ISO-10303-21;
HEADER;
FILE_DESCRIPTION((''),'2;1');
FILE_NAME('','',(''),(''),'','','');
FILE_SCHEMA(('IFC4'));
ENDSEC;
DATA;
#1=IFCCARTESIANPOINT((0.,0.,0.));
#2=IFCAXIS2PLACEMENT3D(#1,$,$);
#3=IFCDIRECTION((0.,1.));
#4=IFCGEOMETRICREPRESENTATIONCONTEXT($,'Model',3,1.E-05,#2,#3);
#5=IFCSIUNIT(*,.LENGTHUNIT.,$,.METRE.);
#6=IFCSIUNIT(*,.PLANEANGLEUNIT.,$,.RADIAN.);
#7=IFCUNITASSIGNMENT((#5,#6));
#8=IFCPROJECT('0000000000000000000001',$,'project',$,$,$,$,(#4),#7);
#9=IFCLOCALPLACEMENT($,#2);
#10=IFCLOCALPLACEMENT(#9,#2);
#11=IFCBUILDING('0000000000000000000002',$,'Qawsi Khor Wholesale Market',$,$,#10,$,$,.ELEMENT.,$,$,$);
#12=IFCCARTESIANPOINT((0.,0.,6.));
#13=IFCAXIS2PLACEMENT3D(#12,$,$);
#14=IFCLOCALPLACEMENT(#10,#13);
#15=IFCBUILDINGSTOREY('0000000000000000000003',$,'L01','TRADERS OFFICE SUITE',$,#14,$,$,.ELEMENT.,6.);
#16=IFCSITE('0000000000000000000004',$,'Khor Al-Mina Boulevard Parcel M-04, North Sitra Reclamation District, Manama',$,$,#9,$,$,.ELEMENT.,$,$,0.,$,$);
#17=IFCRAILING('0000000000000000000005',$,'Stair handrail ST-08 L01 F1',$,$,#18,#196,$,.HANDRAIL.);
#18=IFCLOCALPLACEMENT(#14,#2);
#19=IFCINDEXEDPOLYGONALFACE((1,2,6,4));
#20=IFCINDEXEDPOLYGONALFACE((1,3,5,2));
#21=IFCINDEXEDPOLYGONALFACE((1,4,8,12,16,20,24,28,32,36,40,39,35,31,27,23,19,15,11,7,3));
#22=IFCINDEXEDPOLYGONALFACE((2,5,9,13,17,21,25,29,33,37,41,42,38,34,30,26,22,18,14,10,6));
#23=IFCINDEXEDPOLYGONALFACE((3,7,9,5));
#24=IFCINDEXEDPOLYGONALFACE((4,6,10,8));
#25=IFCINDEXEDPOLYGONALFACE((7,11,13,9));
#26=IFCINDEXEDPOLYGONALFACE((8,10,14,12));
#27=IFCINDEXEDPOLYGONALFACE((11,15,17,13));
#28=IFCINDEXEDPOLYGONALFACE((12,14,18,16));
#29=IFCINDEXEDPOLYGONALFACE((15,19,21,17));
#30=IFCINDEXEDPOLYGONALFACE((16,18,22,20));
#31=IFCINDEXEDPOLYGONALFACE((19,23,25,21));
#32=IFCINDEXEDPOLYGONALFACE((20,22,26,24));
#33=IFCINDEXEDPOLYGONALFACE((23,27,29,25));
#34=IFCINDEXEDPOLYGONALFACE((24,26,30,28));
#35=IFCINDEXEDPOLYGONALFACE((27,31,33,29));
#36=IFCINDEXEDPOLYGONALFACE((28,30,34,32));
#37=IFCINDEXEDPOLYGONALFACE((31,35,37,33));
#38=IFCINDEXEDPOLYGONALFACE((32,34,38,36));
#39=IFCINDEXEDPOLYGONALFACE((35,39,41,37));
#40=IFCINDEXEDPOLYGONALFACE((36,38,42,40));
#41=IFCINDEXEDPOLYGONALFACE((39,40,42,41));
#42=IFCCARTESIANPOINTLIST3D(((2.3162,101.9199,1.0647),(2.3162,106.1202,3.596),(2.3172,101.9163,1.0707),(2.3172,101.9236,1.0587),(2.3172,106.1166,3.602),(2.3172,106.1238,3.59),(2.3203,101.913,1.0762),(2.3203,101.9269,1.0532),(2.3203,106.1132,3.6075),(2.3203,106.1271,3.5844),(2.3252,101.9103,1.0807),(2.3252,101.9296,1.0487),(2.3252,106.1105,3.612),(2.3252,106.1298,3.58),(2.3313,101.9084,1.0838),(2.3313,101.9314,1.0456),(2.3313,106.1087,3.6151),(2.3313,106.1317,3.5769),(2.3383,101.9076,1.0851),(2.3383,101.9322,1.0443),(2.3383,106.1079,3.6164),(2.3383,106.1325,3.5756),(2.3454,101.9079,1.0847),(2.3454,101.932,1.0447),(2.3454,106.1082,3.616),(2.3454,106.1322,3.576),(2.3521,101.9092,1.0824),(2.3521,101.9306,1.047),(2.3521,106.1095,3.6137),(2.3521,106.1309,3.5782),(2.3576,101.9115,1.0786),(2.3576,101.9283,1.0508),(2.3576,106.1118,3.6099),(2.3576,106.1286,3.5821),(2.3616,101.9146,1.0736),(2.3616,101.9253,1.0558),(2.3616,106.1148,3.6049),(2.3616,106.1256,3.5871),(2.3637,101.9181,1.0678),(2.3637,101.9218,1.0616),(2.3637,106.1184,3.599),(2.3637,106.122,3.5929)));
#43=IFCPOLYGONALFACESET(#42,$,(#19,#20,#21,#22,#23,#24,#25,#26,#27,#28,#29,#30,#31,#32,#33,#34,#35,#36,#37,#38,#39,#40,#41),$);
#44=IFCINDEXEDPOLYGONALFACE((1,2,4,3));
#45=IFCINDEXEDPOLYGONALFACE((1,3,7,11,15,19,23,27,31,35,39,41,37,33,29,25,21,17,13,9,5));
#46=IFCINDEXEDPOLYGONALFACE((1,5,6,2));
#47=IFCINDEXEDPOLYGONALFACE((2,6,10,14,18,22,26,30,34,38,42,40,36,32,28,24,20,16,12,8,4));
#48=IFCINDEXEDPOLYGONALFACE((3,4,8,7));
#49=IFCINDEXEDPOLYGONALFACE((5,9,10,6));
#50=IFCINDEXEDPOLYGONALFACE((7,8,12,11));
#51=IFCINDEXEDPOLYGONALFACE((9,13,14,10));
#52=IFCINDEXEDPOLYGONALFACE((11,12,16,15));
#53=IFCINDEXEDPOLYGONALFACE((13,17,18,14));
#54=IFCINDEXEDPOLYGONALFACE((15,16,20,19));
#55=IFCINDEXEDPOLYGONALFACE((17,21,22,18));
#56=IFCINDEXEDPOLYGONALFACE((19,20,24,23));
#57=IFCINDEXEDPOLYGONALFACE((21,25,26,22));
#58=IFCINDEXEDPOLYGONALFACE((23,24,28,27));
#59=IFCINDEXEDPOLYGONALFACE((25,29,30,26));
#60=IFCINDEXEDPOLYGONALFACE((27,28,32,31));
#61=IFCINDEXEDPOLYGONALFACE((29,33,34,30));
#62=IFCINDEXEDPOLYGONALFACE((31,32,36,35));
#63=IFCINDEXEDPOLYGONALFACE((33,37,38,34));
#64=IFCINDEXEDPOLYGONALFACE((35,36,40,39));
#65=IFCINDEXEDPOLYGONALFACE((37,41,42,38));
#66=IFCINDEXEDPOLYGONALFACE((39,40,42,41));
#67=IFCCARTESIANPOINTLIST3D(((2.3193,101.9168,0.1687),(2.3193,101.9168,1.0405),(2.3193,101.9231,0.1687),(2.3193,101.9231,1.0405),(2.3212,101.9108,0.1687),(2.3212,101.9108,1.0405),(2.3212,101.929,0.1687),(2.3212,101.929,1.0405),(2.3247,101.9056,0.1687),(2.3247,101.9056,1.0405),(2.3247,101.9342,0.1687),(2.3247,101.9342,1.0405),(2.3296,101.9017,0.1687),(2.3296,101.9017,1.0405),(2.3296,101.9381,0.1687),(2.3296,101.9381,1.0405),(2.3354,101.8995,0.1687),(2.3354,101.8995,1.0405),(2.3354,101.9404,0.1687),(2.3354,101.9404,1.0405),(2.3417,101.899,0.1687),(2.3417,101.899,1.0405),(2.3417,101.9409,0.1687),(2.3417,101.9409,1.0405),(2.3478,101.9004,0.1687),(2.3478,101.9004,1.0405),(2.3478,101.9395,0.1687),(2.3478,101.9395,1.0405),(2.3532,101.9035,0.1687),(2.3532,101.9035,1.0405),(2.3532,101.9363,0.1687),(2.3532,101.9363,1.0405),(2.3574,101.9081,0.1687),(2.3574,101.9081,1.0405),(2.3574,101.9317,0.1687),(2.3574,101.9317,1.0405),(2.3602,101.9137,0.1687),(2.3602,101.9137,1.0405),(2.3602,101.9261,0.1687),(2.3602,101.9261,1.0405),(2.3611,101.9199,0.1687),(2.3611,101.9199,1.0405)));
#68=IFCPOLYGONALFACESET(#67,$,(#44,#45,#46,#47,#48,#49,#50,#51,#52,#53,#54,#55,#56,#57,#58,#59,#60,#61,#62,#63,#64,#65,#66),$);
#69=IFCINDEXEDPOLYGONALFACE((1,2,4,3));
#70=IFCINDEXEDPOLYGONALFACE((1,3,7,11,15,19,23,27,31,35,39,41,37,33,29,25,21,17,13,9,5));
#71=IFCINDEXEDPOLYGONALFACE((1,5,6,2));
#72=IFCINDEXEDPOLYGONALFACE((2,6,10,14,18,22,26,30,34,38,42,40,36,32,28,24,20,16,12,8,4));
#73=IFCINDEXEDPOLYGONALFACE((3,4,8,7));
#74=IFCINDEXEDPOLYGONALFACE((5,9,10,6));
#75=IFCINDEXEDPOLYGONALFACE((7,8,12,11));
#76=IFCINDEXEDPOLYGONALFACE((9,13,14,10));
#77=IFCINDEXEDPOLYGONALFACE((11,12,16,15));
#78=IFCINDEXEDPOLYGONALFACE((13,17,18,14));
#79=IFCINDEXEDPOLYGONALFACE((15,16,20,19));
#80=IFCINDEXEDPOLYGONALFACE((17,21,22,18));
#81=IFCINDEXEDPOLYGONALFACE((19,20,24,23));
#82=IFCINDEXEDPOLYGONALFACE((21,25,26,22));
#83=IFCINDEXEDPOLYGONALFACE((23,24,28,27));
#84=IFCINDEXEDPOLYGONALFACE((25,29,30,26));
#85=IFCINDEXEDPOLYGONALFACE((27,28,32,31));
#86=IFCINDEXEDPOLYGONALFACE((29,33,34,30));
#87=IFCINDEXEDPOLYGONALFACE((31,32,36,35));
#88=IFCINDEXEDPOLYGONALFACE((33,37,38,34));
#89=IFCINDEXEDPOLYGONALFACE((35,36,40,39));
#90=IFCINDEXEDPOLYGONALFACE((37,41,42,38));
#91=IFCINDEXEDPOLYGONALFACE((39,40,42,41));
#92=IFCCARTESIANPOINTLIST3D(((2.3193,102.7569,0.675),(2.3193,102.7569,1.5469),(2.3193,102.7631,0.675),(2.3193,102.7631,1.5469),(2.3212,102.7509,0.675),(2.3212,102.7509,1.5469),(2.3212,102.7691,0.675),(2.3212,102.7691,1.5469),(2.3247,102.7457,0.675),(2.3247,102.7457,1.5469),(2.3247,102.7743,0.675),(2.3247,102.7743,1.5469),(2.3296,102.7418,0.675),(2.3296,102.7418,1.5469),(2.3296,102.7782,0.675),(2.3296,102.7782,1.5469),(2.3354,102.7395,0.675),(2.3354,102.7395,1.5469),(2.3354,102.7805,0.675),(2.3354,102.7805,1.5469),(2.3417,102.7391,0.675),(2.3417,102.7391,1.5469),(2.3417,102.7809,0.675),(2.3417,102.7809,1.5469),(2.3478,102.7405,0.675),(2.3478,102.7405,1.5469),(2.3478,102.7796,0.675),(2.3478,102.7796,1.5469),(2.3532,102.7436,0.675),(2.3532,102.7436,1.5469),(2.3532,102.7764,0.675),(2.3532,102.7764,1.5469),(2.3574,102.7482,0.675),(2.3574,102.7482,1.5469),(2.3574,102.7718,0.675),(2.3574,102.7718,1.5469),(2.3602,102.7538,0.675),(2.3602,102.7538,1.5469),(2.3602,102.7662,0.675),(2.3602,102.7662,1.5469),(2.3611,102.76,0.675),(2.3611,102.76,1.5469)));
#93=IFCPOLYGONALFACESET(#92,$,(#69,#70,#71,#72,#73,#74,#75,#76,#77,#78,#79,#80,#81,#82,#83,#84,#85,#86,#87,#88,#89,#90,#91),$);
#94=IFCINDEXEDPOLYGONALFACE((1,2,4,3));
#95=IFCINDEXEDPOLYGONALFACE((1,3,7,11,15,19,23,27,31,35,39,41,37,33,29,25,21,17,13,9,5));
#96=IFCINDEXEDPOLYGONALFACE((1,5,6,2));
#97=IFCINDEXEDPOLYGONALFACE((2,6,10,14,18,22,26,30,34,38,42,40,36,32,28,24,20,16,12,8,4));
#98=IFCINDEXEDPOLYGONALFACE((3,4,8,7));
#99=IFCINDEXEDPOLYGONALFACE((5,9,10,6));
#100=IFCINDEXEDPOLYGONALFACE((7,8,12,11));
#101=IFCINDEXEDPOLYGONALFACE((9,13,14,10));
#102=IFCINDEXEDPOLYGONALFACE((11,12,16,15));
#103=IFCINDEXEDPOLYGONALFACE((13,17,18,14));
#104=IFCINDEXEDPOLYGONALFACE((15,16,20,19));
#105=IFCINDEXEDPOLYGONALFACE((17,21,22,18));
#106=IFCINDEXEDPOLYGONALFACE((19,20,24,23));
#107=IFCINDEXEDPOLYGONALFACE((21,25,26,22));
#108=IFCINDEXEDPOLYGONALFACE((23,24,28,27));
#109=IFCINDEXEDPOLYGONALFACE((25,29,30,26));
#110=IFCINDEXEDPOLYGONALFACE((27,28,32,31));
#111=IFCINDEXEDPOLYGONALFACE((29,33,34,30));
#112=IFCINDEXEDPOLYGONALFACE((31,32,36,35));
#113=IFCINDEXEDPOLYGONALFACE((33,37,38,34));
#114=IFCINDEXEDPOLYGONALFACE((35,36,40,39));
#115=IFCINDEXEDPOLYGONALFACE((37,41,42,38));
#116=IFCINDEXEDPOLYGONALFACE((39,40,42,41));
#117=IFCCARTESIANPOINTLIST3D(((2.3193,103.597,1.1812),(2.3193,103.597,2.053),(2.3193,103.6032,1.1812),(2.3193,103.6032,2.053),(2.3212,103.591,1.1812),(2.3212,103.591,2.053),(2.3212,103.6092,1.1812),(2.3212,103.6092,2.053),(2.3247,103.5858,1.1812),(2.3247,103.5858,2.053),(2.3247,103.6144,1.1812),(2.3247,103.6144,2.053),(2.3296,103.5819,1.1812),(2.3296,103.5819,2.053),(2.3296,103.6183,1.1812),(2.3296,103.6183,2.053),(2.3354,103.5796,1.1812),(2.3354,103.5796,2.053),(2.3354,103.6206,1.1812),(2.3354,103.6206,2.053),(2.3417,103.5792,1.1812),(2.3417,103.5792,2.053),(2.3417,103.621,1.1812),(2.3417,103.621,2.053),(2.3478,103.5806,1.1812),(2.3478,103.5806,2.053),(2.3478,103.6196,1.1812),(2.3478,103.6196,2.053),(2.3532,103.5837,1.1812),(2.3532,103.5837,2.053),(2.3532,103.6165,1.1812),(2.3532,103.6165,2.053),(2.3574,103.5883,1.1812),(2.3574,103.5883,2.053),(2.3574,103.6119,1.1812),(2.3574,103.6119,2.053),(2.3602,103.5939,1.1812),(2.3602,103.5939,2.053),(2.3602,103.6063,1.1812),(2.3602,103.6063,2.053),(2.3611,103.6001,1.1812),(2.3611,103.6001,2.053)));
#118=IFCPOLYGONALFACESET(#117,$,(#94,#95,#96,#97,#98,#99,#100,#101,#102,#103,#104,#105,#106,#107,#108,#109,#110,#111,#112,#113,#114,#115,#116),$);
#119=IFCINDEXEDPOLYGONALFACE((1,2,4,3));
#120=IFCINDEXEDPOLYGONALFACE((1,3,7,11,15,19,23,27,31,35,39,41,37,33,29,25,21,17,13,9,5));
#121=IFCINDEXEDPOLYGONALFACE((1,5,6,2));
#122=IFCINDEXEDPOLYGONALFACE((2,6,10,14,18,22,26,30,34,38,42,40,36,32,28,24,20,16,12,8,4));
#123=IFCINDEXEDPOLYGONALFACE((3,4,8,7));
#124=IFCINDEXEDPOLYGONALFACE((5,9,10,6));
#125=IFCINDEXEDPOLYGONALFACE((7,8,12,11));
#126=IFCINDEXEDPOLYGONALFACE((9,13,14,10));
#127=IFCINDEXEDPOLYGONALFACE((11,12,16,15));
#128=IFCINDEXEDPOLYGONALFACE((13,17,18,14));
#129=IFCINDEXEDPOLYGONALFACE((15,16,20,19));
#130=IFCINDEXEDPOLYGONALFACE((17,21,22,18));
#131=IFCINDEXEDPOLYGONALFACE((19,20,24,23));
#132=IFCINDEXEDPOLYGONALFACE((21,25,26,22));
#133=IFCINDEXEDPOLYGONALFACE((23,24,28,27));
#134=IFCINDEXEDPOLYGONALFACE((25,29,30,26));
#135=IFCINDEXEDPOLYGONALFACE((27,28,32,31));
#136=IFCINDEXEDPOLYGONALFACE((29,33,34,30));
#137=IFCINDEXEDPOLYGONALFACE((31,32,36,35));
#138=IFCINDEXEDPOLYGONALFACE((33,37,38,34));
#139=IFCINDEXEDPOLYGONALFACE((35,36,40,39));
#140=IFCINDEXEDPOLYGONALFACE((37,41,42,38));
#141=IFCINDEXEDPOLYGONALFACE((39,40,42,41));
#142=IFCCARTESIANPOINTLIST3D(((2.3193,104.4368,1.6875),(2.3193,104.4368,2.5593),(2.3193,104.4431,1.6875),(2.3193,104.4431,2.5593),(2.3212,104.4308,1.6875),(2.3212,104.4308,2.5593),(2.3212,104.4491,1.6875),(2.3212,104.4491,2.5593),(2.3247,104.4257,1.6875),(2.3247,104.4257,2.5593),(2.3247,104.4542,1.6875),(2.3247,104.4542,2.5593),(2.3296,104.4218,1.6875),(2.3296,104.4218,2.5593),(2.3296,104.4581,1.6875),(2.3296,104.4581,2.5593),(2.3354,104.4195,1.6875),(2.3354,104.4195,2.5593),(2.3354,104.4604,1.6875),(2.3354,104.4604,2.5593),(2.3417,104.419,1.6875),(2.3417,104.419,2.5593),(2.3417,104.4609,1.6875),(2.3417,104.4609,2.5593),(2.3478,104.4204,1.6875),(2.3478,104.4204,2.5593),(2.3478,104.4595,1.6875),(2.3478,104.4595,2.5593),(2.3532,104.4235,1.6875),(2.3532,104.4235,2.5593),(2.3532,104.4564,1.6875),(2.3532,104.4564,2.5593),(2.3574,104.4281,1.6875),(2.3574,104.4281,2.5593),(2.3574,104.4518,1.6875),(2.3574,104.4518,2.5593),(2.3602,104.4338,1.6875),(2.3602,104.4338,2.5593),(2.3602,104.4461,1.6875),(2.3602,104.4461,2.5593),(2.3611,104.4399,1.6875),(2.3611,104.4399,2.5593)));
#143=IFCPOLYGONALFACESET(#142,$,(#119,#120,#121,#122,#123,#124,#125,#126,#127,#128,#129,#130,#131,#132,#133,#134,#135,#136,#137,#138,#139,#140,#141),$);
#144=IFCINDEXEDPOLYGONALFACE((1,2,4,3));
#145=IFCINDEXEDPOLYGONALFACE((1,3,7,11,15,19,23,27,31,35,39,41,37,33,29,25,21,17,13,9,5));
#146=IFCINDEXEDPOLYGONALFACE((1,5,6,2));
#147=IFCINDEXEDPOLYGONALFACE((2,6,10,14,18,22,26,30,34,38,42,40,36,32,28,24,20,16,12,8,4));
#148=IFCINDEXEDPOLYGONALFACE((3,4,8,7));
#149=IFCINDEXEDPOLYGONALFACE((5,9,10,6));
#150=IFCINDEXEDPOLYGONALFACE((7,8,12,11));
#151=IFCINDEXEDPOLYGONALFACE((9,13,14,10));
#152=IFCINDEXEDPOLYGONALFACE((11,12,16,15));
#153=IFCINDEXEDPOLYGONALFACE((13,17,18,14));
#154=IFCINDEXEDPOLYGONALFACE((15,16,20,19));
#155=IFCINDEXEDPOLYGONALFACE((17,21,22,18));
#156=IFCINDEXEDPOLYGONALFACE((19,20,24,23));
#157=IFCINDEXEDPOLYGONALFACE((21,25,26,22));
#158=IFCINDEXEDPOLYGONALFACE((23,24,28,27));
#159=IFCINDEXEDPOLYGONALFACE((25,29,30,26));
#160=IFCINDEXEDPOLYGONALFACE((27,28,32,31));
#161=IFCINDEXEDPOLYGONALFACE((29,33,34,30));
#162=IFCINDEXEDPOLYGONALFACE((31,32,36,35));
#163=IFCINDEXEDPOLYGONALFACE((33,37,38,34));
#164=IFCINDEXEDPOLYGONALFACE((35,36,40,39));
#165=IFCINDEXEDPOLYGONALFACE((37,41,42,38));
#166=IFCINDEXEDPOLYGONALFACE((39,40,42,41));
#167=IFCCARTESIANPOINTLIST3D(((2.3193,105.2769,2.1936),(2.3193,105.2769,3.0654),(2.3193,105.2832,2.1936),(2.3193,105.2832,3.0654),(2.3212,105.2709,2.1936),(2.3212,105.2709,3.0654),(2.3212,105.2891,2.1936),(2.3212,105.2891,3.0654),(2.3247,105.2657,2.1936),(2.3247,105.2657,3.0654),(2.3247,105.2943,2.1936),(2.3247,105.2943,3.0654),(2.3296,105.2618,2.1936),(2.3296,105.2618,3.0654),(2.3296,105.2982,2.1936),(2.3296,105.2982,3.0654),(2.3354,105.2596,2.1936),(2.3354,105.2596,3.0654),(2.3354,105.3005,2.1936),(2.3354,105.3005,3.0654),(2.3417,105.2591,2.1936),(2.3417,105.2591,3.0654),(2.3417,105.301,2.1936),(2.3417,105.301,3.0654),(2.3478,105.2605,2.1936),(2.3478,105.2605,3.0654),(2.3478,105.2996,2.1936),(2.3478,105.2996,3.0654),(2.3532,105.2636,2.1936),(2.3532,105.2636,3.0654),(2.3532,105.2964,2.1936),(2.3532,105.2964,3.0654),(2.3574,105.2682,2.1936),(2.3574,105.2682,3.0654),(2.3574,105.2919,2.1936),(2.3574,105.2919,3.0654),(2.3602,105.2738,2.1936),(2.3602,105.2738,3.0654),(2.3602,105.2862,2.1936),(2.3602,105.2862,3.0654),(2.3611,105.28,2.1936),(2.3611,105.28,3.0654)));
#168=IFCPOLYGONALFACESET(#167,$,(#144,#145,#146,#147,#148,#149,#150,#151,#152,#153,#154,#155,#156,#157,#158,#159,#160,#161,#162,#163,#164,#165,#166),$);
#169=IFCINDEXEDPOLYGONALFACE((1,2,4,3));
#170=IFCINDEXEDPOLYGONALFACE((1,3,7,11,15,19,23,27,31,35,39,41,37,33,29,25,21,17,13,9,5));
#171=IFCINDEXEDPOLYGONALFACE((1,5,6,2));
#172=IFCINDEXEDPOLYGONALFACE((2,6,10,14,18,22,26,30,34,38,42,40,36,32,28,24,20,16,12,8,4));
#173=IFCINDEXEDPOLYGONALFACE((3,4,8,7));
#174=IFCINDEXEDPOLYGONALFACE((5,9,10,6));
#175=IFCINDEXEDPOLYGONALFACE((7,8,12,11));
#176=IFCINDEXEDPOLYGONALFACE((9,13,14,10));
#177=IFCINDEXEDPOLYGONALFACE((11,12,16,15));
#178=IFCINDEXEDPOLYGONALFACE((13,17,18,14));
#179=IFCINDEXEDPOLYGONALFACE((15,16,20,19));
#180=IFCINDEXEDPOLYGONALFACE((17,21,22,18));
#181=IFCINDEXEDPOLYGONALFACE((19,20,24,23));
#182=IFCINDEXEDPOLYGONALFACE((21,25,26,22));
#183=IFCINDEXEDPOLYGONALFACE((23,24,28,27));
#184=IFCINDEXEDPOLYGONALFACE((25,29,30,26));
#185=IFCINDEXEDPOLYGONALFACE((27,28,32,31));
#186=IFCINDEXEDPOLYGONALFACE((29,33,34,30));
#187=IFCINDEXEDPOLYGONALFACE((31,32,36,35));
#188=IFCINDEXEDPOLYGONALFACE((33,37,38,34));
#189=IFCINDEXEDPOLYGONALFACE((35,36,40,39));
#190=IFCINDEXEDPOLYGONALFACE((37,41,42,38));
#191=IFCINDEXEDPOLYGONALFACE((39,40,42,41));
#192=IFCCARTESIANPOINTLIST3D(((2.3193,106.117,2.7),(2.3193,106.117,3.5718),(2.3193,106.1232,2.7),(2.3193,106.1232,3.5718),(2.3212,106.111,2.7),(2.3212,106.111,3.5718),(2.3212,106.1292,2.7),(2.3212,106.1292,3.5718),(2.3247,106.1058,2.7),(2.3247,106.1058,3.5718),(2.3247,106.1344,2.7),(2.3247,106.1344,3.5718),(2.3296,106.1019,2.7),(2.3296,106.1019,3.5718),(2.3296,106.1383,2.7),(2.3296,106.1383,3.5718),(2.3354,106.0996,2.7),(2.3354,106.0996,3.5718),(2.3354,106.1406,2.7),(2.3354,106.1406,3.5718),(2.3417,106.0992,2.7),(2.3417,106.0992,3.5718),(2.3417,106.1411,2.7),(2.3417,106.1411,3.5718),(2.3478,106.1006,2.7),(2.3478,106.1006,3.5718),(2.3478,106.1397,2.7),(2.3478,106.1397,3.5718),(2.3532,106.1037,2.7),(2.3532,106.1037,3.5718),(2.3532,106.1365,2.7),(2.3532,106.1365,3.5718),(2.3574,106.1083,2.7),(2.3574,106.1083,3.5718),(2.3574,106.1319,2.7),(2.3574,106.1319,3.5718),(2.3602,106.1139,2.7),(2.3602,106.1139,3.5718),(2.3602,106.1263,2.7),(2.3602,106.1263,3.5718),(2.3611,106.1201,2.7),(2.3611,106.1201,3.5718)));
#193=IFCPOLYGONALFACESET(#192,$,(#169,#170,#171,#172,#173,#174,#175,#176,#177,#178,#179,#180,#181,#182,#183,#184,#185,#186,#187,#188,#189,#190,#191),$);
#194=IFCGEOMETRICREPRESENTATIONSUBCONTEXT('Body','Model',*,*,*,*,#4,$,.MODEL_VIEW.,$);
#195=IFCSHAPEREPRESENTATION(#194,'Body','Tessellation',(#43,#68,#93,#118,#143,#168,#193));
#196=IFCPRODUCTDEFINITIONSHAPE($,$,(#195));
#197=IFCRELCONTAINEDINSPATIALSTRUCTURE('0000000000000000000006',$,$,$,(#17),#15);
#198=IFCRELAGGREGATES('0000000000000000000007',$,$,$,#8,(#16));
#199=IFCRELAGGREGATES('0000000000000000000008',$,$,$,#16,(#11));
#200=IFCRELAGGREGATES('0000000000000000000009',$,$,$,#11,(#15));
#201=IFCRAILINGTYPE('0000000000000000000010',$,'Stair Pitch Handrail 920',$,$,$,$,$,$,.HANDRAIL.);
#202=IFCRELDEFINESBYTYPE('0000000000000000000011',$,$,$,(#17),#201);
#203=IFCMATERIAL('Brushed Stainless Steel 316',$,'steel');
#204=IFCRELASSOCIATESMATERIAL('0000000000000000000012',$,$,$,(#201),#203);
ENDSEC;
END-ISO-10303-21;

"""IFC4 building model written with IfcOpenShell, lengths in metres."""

from ifc_helpers import new_model, si_unit, direction, frame, origin, origin_2d, place, context, subcontext, project, spatial, circle, extrude, material, type_object, element, save


model = new_model("IFC4")

# Units and contexts
model_context = context("Model", 3, precision=1e-05, world=origin(), true_north=direction((0.0, 1.0)))
body_context = subcontext(model_context, "Body", "Model", "MODEL_VIEW")
ifc_project = project(units=[si_unit("LENGTHUNIT", "METRE"), si_unit("PLANEANGLEUNIT", "RADIAN")], contexts=[model_context])

# Site, building, storey
site_placement = place(None, origin())
site = spatial("IfcSite", under=ifc_project, at=site_placement, Name="Khor Al-Mina Boulevard Parcel M-04, North Sitra Reclamation District, Manama", CompositionType="ELEMENT", RefElevation=0.0)
building_placement = place(site_placement, origin())
building = spatial("IfcBuilding", under=site, at=building_placement, Name="Qawsi Khor Wholesale Market", CompositionType="ELEMENT")
storey_placement = place(building_placement, frame((0.0, 0.0, 6.0)))
storey = spatial("IfcBuildingStorey", under=building, at=storey_placement, Name="L01", Description="TRADERS OFFICE SUITE", CompositionType="ELEMENT", Elevation=6.0)

# Railing
ifc_material_1 = material(Name="Brushed Stainless Steel 316", Category="steel")
railing_type_1 = type_object("IfcRailingType", Name="Stair Pitch Handrail 920", PredefinedType="HANDRAIL", material=ifc_material_1)
railing_1_placement = place(storey_placement, frame((2.3401, 101.9199, 0.1687)))
element("IfcRailing", 1, at=railing_1_placement, inside=storey, type_object=railing_type_1, Name="Stair handrail ST-08 L01 F1", PredefinedType="HANDRAIL", context=body_context, shape_type="SweptSolid", body=[
    extrude(circle(Radius=0.0239, at=origin_2d()), frame((0.0, 0.0, 0.896), z_axis=(0.0, 0.85649, 0.516164), x_axis=(-1.0, 0.0, 0.0)), (0.0, 0.0, 1.0), 4.9041),
    extrude(circle(Radius=0.021, at=origin_2d()), origin(), (0.0, 0.0, 1.0), 0.8718),
    extrude(circle(Radius=0.021, at=origin_2d()), frame((0.0, 0.8401, 0.5063)), (0.0, 0.0, 1.0), 0.8718),
    extrude(circle(Radius=0.021, at=origin_2d()), frame((0.0, 1.6802, 1.0125)), (0.0, 0.0, 1.0), 0.8718),
    extrude(circle(Radius=0.021, at=origin_2d()), frame((0.0, 2.52, 1.5188)), (0.0, 0.0, 1.0), 0.8718),
    extrude(circle(Radius=0.021, at=origin_2d()), frame((0.0, 3.3601, 2.0249)), (0.0, 0.0, 1.0), 0.8718),
    extrude(circle(Radius=0.021, at=origin_2d()), frame((0.0, 4.2002, 2.5312)), (0.0, 0.0, 1.0), 0.8718),
])

save(model, "model.ifc")
